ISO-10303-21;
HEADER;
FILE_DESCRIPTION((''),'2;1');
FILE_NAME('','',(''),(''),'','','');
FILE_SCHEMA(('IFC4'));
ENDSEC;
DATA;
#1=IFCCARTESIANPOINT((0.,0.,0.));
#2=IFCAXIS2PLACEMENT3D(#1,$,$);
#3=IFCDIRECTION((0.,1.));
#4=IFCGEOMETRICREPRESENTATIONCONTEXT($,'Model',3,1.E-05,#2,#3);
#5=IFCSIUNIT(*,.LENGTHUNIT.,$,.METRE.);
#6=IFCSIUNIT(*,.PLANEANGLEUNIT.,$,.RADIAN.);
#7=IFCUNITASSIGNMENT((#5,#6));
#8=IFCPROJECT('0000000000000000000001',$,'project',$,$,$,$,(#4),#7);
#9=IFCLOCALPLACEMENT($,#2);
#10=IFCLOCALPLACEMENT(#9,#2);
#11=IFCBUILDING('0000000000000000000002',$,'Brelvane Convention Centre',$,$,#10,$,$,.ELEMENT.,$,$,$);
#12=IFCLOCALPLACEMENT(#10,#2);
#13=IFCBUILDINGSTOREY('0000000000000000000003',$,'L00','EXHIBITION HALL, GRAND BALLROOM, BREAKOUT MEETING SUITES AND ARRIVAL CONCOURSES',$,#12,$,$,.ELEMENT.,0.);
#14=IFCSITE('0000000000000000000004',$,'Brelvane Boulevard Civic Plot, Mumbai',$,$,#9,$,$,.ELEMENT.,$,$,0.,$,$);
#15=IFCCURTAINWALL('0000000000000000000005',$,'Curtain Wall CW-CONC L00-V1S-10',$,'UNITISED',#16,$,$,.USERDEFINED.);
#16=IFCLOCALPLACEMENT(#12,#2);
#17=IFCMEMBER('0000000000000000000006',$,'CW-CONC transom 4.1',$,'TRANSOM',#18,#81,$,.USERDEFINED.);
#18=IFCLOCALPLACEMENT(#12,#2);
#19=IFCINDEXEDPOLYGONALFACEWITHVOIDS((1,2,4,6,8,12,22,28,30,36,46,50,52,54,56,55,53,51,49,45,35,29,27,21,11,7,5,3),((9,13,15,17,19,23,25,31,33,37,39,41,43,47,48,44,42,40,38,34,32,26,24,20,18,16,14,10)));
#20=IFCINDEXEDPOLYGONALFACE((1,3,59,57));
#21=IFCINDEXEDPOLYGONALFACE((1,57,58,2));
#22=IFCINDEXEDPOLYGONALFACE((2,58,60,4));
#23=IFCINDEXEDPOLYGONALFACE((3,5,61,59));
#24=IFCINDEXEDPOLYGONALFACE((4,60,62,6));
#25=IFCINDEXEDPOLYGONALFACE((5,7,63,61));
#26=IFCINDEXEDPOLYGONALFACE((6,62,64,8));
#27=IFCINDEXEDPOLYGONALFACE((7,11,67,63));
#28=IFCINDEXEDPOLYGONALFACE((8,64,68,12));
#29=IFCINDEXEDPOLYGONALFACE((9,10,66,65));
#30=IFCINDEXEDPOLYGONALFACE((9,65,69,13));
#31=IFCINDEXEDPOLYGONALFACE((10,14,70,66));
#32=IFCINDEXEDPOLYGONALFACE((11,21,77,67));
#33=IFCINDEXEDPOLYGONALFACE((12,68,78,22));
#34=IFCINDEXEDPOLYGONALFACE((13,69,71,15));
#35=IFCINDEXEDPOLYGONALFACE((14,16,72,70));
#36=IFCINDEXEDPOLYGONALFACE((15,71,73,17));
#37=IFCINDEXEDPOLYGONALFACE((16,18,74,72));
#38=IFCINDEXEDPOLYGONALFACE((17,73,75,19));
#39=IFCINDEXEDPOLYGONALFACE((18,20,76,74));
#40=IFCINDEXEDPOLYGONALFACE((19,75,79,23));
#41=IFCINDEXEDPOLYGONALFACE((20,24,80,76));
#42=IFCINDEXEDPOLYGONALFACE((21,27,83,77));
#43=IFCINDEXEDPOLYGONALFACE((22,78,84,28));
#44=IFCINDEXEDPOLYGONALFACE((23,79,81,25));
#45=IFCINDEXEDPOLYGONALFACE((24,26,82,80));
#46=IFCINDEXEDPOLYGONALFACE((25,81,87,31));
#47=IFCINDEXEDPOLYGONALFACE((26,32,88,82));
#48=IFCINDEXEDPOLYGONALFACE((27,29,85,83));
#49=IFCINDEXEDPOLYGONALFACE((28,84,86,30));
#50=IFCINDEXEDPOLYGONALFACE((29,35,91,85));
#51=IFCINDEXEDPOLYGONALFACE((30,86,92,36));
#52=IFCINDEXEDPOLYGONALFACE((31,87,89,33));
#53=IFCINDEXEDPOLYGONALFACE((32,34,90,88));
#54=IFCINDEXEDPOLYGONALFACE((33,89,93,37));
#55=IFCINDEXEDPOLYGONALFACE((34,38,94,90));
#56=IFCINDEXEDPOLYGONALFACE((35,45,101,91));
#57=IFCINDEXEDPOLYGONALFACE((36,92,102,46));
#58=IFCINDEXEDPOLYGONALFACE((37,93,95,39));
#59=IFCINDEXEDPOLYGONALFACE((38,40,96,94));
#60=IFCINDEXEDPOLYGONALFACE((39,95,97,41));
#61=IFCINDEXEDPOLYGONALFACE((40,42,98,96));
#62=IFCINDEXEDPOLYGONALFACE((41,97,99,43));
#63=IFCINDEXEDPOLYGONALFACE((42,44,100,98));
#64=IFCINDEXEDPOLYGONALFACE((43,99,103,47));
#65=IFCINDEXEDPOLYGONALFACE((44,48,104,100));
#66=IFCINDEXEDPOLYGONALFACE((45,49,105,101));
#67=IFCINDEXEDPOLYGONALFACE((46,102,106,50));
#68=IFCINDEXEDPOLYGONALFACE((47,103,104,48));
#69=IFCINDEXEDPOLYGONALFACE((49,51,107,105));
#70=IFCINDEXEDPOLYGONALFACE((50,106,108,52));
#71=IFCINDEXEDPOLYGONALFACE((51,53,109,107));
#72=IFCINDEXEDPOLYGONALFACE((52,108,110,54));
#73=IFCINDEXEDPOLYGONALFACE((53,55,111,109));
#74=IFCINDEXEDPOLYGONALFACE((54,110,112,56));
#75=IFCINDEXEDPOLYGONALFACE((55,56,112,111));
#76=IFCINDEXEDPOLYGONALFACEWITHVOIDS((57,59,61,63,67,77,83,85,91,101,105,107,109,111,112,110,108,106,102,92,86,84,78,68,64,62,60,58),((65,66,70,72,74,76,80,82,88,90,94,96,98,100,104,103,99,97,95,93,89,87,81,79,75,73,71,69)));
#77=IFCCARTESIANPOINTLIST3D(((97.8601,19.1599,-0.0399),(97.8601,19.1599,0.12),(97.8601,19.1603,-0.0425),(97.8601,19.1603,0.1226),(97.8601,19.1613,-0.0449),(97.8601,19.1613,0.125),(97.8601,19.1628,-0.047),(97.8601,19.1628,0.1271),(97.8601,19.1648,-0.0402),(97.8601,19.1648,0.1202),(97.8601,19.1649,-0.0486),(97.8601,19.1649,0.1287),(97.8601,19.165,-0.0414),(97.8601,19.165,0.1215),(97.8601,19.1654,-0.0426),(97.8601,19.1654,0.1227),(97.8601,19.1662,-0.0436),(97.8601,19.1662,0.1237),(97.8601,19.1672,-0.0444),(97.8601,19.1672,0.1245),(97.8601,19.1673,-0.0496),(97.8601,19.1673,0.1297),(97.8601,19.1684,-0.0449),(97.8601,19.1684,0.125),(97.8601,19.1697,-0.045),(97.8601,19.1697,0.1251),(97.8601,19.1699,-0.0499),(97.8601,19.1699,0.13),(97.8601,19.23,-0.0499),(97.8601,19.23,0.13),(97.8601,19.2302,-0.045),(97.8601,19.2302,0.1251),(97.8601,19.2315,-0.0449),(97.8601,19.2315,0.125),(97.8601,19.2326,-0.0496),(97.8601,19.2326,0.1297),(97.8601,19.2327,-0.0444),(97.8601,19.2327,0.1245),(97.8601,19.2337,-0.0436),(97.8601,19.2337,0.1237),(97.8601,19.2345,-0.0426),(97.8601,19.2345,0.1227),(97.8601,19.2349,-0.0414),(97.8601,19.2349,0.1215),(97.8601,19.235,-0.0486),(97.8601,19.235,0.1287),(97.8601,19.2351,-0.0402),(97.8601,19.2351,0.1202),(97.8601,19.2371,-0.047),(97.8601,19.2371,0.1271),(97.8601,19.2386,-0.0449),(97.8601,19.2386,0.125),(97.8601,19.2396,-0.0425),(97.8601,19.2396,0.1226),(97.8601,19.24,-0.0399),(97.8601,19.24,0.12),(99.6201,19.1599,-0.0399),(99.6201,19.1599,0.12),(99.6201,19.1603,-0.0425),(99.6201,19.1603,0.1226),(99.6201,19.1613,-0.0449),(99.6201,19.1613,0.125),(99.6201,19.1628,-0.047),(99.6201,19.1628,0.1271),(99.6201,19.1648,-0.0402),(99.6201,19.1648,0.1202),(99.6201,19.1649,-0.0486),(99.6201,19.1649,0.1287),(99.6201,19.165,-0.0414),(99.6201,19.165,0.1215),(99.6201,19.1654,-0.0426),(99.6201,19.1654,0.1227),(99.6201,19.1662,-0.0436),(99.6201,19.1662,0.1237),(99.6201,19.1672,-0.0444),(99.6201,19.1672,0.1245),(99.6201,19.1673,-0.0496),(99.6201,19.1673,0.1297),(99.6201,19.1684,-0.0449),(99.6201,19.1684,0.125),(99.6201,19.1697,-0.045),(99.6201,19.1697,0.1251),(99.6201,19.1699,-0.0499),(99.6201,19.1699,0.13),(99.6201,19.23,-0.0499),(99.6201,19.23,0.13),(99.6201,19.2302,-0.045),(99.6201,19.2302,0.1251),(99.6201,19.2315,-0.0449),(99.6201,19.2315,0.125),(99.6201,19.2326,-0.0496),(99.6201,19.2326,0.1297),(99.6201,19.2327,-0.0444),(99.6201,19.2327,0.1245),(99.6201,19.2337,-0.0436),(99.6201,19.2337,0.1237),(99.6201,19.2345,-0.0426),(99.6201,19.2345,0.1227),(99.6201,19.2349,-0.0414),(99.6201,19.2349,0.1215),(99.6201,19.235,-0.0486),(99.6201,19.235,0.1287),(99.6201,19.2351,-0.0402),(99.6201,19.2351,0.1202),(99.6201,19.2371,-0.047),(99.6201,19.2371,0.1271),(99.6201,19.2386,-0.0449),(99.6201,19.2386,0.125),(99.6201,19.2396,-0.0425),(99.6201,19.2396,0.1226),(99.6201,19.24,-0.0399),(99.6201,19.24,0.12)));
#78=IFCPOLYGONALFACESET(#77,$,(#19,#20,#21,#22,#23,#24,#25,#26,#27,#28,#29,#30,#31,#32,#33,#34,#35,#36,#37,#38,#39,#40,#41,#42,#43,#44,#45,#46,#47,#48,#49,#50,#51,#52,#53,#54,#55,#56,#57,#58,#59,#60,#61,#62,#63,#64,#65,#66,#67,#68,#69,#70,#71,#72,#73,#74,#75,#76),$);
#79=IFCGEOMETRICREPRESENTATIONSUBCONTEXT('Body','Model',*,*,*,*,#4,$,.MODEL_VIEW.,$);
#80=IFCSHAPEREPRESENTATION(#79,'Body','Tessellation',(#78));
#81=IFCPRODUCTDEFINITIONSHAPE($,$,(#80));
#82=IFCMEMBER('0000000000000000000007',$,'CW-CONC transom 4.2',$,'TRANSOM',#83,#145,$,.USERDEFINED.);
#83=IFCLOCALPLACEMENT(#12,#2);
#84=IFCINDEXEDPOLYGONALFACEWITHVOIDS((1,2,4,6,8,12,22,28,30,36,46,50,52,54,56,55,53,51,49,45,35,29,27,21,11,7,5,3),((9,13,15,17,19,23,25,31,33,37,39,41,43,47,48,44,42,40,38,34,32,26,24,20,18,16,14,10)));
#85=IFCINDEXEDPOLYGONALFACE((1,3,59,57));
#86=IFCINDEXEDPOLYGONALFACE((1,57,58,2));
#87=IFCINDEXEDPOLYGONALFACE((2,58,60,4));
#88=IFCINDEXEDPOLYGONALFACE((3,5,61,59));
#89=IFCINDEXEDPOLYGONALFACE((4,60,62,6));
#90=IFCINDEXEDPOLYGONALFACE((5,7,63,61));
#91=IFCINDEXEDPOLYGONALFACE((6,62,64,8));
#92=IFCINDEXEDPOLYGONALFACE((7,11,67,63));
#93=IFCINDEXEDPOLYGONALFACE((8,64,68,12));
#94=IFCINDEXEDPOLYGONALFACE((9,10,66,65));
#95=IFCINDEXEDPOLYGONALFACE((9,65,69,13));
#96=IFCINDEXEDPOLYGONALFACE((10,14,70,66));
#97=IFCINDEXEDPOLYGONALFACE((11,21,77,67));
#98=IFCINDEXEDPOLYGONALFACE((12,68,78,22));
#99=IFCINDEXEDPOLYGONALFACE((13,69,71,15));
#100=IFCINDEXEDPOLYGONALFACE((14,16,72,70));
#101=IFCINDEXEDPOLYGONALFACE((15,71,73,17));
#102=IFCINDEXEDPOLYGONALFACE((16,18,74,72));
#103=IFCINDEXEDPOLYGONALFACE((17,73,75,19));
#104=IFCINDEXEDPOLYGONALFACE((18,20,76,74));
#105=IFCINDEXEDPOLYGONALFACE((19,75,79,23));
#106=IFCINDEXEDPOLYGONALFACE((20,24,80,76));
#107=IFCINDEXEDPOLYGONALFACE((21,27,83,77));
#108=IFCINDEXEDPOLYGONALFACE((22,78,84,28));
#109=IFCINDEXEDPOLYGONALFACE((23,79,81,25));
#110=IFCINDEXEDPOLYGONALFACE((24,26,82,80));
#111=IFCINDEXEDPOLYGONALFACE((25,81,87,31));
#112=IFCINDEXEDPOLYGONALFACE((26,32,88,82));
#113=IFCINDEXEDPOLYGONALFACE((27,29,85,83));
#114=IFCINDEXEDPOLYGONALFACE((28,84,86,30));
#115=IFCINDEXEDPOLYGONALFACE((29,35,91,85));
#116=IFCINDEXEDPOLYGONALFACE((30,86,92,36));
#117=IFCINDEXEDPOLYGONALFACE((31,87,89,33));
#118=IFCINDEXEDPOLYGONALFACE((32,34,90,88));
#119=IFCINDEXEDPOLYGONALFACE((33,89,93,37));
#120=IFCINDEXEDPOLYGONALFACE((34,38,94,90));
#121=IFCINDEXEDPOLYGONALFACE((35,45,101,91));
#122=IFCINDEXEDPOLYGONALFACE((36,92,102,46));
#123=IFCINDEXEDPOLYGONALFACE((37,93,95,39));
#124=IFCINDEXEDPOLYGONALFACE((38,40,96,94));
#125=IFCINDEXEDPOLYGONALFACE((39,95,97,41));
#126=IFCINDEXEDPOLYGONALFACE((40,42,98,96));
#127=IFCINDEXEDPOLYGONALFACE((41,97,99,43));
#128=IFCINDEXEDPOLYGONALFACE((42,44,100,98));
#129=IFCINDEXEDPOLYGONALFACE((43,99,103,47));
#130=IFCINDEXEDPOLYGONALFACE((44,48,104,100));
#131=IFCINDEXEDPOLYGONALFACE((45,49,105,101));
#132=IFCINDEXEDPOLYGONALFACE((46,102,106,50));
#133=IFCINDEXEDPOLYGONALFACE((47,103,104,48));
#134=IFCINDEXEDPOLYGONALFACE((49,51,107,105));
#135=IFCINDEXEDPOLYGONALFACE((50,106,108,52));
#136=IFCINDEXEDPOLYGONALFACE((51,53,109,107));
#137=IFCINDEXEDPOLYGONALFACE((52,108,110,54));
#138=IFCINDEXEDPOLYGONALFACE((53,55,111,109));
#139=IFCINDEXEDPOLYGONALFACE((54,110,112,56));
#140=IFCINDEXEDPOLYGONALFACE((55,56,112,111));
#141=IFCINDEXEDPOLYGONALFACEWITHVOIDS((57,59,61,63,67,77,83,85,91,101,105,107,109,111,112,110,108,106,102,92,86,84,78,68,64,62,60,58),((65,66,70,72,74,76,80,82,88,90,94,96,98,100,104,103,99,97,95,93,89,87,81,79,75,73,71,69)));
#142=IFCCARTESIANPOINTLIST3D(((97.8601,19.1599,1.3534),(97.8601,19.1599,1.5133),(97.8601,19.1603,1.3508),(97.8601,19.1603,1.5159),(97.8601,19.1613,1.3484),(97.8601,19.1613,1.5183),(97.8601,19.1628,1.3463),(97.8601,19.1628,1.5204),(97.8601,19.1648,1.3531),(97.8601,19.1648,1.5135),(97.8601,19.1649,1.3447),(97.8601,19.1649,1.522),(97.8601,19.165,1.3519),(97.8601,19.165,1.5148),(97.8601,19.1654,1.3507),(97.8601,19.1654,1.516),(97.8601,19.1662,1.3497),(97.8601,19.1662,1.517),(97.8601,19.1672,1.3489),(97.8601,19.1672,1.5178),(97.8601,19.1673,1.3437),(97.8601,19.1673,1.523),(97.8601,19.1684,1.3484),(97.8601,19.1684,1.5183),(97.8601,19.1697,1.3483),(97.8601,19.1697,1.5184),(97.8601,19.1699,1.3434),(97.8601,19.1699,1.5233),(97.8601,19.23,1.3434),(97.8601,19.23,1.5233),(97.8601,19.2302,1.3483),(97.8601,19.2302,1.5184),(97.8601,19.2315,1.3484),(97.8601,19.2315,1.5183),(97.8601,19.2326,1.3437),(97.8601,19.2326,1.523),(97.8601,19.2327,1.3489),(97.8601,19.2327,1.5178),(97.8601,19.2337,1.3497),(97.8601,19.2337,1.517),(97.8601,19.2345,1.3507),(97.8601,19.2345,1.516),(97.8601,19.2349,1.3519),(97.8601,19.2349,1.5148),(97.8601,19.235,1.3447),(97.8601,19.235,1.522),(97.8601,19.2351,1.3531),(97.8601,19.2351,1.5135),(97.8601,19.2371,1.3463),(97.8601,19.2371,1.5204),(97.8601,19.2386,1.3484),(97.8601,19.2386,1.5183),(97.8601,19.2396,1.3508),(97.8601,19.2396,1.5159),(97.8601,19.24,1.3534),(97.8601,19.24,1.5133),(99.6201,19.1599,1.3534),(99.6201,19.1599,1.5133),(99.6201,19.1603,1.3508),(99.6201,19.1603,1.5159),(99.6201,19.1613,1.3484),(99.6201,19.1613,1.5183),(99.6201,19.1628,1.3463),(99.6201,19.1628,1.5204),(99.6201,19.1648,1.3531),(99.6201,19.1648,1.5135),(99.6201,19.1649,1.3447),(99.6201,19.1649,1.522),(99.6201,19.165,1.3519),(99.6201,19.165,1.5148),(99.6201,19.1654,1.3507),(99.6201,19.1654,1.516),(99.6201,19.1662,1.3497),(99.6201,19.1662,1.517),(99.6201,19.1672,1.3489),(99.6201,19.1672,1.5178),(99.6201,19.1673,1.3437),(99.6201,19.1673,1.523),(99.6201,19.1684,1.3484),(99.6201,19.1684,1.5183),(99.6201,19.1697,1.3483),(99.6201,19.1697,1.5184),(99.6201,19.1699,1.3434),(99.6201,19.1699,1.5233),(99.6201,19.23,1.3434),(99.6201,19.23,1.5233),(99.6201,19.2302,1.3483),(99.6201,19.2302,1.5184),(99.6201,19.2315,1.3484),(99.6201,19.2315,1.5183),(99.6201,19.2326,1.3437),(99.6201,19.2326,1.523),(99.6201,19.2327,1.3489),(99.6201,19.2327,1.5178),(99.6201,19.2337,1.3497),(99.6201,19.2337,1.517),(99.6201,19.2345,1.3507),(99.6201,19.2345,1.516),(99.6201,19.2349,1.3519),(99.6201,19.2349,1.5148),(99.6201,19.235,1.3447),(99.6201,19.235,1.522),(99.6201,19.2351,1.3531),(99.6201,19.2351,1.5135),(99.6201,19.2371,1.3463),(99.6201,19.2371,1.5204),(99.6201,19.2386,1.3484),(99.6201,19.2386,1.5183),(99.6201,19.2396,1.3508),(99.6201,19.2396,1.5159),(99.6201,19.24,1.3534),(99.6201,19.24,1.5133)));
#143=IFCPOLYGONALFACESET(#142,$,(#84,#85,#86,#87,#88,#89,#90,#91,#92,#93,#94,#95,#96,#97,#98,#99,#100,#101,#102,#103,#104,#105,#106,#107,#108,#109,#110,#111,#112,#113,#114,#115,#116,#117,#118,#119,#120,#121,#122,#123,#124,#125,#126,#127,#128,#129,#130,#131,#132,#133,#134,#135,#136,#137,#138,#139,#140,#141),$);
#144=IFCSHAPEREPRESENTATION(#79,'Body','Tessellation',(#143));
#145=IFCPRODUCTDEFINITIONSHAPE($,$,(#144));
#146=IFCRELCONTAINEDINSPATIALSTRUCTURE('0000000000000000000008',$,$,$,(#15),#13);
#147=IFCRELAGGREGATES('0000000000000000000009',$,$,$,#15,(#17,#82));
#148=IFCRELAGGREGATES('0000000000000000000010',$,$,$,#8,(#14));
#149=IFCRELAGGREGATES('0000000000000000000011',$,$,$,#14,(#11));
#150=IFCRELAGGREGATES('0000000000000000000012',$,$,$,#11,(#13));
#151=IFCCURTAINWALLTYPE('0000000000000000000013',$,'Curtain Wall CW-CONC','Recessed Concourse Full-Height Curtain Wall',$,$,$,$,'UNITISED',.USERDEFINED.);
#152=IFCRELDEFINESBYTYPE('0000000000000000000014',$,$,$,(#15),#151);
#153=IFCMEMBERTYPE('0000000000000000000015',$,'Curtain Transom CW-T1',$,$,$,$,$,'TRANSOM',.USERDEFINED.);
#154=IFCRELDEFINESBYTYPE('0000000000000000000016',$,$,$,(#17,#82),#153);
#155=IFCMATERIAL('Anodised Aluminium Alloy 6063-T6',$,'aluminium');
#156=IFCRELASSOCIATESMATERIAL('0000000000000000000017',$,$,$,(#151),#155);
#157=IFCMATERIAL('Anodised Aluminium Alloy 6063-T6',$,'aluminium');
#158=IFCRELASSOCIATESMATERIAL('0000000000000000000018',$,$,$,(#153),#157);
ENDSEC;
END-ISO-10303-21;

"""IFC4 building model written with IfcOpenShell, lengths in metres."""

from ifc_helpers import new_model, si_unit, direction, frame, origin, origin_2d, place, context, subcontext, project, spatial, hollow_rectangle, extrude, material, material_profile, profile_set, type_object, element, aggregate, save


model = new_model("IFC4")

# Units and contexts
model_context = context("Model", 3, precision=1e-05, world=origin(), true_north=direction((0.0, 1.0)))
body_context = subcontext(model_context, "Body", "Model", "MODEL_VIEW")
ifc_project = project(units=[si_unit("LENGTHUNIT", "METRE"), si_unit("PLANEANGLEUNIT", "RADIAN")], contexts=[model_context])

# Site, building, storey
site_placement = place(None, origin())
site = spatial("IfcSite", under=ifc_project, at=site_placement, Name="Brelvane Boulevard Civic Plot, Mumbai", CompositionType="ELEMENT", RefElevation=0.0)
building_placement = place(site_placement, origin())
building = spatial("IfcBuilding", under=site, at=building_placement, Name="Brelvane Convention Centre", CompositionType="ELEMENT")
storey_placement = place(building_placement, origin())
storey = spatial("IfcBuildingStorey", under=building, at=storey_placement, Name="L00", Description="EXHIBITION HALL, GRAND BALLROOM, BREAKOUT MEETING SUITES AND ARRIVAL CONCOURSES", CompositionType="ELEMENT", Elevation=0.0)

# Curtain wall, members
ifc_material_1 = material(Name="Anodised Aluminium Alloy 6063-T6", Category="aluminium")
curtain_wall_type = type_object("IfcCurtainWallType", Name="Curtain Wall CW-CONC", Description="Recessed Concourse Full-Height Curtain Wall", ElementType="UNITISED", PredefinedType="USERDEFINED", material=ifc_material_1)
curtain_wall_placement = place(storey_placement, origin())
curtain_wall = element("IfcCurtainWall", 1, at=curtain_wall_placement, inside=storey, type_object=curtain_wall_type, Name="Curtain Wall CW-CONC L00-V1S-10", ObjectType="UNITISED", PredefinedType="USERDEFINED")
ifc_material_2 = material(Name="Anodised Aluminium Alloy 6063-T6", Category="aluminium")
ifc_material_profile_1 = material_profile(ifc_material_2, hollow_rectangle(XDim=0.0801, YDim=0.1799, WallThickness=0.0049, InnerFilletRadius=0.0049, OuterFilletRadius=0.01, at=origin_2d()), Name="ALU-T 180x80x5.0")
ifc_profile_set_1 = profile_set([ifc_material_profile_1], Name="Anodised Aluminium Alloy 6063-T6")
member_type_1 = type_object("IfcMemberType", Name="Curtain Transom CW-T1", ElementType="TRANSOM", PredefinedType="USERDEFINED", material=ifc_profile_set_1)
member_1_placement = place(storey_placement, frame((97.8601, 19.2, 0.04), z_axis=(1.0, 0.0, 0.0), x_axis=(0.0, 1.0, 0.0)))
member_1 = element("IfcMember", 2, at=member_1_placement, type_object=member_type_1, Name="CW-CONC transom 4.1", ObjectType="TRANSOM", PredefinedType="USERDEFINED", context=body_context, shape_type="SweptSolid", body=[
    extrude(hollow_rectangle(XDim=0.0801, YDim=0.1799, WallThickness=0.0049, InnerFilletRadius=0.0049, OuterFilletRadius=0.01, at=origin_2d()), origin(), (0.0, 0.0, 1.0), 1.76),
])
member_2_placement = place(storey_placement, frame((97.8601, 19.2, 1.4333), z_axis=(1.0, 0.0, 0.0), x_axis=(0.0, 1.0, 0.0)))
member_2 = element("IfcMember", 3, at=member_2_placement, type_object=member_type_1, Name="CW-CONC transom 4.2", ObjectType="TRANSOM", PredefinedType="USERDEFINED", context=body_context, shape_type="SweptSolid", body=[
    extrude(hollow_rectangle(XDim=0.0801, YDim=0.1799, WallThickness=0.0049, InnerFilletRadius=0.0049, OuterFilletRadius=0.01, at=origin_2d()), origin(), (0.0, 0.0, 1.0), 1.76),
])

aggregate(curtain_wall, [member_1, member_2])

save(model, "model.ifc")
